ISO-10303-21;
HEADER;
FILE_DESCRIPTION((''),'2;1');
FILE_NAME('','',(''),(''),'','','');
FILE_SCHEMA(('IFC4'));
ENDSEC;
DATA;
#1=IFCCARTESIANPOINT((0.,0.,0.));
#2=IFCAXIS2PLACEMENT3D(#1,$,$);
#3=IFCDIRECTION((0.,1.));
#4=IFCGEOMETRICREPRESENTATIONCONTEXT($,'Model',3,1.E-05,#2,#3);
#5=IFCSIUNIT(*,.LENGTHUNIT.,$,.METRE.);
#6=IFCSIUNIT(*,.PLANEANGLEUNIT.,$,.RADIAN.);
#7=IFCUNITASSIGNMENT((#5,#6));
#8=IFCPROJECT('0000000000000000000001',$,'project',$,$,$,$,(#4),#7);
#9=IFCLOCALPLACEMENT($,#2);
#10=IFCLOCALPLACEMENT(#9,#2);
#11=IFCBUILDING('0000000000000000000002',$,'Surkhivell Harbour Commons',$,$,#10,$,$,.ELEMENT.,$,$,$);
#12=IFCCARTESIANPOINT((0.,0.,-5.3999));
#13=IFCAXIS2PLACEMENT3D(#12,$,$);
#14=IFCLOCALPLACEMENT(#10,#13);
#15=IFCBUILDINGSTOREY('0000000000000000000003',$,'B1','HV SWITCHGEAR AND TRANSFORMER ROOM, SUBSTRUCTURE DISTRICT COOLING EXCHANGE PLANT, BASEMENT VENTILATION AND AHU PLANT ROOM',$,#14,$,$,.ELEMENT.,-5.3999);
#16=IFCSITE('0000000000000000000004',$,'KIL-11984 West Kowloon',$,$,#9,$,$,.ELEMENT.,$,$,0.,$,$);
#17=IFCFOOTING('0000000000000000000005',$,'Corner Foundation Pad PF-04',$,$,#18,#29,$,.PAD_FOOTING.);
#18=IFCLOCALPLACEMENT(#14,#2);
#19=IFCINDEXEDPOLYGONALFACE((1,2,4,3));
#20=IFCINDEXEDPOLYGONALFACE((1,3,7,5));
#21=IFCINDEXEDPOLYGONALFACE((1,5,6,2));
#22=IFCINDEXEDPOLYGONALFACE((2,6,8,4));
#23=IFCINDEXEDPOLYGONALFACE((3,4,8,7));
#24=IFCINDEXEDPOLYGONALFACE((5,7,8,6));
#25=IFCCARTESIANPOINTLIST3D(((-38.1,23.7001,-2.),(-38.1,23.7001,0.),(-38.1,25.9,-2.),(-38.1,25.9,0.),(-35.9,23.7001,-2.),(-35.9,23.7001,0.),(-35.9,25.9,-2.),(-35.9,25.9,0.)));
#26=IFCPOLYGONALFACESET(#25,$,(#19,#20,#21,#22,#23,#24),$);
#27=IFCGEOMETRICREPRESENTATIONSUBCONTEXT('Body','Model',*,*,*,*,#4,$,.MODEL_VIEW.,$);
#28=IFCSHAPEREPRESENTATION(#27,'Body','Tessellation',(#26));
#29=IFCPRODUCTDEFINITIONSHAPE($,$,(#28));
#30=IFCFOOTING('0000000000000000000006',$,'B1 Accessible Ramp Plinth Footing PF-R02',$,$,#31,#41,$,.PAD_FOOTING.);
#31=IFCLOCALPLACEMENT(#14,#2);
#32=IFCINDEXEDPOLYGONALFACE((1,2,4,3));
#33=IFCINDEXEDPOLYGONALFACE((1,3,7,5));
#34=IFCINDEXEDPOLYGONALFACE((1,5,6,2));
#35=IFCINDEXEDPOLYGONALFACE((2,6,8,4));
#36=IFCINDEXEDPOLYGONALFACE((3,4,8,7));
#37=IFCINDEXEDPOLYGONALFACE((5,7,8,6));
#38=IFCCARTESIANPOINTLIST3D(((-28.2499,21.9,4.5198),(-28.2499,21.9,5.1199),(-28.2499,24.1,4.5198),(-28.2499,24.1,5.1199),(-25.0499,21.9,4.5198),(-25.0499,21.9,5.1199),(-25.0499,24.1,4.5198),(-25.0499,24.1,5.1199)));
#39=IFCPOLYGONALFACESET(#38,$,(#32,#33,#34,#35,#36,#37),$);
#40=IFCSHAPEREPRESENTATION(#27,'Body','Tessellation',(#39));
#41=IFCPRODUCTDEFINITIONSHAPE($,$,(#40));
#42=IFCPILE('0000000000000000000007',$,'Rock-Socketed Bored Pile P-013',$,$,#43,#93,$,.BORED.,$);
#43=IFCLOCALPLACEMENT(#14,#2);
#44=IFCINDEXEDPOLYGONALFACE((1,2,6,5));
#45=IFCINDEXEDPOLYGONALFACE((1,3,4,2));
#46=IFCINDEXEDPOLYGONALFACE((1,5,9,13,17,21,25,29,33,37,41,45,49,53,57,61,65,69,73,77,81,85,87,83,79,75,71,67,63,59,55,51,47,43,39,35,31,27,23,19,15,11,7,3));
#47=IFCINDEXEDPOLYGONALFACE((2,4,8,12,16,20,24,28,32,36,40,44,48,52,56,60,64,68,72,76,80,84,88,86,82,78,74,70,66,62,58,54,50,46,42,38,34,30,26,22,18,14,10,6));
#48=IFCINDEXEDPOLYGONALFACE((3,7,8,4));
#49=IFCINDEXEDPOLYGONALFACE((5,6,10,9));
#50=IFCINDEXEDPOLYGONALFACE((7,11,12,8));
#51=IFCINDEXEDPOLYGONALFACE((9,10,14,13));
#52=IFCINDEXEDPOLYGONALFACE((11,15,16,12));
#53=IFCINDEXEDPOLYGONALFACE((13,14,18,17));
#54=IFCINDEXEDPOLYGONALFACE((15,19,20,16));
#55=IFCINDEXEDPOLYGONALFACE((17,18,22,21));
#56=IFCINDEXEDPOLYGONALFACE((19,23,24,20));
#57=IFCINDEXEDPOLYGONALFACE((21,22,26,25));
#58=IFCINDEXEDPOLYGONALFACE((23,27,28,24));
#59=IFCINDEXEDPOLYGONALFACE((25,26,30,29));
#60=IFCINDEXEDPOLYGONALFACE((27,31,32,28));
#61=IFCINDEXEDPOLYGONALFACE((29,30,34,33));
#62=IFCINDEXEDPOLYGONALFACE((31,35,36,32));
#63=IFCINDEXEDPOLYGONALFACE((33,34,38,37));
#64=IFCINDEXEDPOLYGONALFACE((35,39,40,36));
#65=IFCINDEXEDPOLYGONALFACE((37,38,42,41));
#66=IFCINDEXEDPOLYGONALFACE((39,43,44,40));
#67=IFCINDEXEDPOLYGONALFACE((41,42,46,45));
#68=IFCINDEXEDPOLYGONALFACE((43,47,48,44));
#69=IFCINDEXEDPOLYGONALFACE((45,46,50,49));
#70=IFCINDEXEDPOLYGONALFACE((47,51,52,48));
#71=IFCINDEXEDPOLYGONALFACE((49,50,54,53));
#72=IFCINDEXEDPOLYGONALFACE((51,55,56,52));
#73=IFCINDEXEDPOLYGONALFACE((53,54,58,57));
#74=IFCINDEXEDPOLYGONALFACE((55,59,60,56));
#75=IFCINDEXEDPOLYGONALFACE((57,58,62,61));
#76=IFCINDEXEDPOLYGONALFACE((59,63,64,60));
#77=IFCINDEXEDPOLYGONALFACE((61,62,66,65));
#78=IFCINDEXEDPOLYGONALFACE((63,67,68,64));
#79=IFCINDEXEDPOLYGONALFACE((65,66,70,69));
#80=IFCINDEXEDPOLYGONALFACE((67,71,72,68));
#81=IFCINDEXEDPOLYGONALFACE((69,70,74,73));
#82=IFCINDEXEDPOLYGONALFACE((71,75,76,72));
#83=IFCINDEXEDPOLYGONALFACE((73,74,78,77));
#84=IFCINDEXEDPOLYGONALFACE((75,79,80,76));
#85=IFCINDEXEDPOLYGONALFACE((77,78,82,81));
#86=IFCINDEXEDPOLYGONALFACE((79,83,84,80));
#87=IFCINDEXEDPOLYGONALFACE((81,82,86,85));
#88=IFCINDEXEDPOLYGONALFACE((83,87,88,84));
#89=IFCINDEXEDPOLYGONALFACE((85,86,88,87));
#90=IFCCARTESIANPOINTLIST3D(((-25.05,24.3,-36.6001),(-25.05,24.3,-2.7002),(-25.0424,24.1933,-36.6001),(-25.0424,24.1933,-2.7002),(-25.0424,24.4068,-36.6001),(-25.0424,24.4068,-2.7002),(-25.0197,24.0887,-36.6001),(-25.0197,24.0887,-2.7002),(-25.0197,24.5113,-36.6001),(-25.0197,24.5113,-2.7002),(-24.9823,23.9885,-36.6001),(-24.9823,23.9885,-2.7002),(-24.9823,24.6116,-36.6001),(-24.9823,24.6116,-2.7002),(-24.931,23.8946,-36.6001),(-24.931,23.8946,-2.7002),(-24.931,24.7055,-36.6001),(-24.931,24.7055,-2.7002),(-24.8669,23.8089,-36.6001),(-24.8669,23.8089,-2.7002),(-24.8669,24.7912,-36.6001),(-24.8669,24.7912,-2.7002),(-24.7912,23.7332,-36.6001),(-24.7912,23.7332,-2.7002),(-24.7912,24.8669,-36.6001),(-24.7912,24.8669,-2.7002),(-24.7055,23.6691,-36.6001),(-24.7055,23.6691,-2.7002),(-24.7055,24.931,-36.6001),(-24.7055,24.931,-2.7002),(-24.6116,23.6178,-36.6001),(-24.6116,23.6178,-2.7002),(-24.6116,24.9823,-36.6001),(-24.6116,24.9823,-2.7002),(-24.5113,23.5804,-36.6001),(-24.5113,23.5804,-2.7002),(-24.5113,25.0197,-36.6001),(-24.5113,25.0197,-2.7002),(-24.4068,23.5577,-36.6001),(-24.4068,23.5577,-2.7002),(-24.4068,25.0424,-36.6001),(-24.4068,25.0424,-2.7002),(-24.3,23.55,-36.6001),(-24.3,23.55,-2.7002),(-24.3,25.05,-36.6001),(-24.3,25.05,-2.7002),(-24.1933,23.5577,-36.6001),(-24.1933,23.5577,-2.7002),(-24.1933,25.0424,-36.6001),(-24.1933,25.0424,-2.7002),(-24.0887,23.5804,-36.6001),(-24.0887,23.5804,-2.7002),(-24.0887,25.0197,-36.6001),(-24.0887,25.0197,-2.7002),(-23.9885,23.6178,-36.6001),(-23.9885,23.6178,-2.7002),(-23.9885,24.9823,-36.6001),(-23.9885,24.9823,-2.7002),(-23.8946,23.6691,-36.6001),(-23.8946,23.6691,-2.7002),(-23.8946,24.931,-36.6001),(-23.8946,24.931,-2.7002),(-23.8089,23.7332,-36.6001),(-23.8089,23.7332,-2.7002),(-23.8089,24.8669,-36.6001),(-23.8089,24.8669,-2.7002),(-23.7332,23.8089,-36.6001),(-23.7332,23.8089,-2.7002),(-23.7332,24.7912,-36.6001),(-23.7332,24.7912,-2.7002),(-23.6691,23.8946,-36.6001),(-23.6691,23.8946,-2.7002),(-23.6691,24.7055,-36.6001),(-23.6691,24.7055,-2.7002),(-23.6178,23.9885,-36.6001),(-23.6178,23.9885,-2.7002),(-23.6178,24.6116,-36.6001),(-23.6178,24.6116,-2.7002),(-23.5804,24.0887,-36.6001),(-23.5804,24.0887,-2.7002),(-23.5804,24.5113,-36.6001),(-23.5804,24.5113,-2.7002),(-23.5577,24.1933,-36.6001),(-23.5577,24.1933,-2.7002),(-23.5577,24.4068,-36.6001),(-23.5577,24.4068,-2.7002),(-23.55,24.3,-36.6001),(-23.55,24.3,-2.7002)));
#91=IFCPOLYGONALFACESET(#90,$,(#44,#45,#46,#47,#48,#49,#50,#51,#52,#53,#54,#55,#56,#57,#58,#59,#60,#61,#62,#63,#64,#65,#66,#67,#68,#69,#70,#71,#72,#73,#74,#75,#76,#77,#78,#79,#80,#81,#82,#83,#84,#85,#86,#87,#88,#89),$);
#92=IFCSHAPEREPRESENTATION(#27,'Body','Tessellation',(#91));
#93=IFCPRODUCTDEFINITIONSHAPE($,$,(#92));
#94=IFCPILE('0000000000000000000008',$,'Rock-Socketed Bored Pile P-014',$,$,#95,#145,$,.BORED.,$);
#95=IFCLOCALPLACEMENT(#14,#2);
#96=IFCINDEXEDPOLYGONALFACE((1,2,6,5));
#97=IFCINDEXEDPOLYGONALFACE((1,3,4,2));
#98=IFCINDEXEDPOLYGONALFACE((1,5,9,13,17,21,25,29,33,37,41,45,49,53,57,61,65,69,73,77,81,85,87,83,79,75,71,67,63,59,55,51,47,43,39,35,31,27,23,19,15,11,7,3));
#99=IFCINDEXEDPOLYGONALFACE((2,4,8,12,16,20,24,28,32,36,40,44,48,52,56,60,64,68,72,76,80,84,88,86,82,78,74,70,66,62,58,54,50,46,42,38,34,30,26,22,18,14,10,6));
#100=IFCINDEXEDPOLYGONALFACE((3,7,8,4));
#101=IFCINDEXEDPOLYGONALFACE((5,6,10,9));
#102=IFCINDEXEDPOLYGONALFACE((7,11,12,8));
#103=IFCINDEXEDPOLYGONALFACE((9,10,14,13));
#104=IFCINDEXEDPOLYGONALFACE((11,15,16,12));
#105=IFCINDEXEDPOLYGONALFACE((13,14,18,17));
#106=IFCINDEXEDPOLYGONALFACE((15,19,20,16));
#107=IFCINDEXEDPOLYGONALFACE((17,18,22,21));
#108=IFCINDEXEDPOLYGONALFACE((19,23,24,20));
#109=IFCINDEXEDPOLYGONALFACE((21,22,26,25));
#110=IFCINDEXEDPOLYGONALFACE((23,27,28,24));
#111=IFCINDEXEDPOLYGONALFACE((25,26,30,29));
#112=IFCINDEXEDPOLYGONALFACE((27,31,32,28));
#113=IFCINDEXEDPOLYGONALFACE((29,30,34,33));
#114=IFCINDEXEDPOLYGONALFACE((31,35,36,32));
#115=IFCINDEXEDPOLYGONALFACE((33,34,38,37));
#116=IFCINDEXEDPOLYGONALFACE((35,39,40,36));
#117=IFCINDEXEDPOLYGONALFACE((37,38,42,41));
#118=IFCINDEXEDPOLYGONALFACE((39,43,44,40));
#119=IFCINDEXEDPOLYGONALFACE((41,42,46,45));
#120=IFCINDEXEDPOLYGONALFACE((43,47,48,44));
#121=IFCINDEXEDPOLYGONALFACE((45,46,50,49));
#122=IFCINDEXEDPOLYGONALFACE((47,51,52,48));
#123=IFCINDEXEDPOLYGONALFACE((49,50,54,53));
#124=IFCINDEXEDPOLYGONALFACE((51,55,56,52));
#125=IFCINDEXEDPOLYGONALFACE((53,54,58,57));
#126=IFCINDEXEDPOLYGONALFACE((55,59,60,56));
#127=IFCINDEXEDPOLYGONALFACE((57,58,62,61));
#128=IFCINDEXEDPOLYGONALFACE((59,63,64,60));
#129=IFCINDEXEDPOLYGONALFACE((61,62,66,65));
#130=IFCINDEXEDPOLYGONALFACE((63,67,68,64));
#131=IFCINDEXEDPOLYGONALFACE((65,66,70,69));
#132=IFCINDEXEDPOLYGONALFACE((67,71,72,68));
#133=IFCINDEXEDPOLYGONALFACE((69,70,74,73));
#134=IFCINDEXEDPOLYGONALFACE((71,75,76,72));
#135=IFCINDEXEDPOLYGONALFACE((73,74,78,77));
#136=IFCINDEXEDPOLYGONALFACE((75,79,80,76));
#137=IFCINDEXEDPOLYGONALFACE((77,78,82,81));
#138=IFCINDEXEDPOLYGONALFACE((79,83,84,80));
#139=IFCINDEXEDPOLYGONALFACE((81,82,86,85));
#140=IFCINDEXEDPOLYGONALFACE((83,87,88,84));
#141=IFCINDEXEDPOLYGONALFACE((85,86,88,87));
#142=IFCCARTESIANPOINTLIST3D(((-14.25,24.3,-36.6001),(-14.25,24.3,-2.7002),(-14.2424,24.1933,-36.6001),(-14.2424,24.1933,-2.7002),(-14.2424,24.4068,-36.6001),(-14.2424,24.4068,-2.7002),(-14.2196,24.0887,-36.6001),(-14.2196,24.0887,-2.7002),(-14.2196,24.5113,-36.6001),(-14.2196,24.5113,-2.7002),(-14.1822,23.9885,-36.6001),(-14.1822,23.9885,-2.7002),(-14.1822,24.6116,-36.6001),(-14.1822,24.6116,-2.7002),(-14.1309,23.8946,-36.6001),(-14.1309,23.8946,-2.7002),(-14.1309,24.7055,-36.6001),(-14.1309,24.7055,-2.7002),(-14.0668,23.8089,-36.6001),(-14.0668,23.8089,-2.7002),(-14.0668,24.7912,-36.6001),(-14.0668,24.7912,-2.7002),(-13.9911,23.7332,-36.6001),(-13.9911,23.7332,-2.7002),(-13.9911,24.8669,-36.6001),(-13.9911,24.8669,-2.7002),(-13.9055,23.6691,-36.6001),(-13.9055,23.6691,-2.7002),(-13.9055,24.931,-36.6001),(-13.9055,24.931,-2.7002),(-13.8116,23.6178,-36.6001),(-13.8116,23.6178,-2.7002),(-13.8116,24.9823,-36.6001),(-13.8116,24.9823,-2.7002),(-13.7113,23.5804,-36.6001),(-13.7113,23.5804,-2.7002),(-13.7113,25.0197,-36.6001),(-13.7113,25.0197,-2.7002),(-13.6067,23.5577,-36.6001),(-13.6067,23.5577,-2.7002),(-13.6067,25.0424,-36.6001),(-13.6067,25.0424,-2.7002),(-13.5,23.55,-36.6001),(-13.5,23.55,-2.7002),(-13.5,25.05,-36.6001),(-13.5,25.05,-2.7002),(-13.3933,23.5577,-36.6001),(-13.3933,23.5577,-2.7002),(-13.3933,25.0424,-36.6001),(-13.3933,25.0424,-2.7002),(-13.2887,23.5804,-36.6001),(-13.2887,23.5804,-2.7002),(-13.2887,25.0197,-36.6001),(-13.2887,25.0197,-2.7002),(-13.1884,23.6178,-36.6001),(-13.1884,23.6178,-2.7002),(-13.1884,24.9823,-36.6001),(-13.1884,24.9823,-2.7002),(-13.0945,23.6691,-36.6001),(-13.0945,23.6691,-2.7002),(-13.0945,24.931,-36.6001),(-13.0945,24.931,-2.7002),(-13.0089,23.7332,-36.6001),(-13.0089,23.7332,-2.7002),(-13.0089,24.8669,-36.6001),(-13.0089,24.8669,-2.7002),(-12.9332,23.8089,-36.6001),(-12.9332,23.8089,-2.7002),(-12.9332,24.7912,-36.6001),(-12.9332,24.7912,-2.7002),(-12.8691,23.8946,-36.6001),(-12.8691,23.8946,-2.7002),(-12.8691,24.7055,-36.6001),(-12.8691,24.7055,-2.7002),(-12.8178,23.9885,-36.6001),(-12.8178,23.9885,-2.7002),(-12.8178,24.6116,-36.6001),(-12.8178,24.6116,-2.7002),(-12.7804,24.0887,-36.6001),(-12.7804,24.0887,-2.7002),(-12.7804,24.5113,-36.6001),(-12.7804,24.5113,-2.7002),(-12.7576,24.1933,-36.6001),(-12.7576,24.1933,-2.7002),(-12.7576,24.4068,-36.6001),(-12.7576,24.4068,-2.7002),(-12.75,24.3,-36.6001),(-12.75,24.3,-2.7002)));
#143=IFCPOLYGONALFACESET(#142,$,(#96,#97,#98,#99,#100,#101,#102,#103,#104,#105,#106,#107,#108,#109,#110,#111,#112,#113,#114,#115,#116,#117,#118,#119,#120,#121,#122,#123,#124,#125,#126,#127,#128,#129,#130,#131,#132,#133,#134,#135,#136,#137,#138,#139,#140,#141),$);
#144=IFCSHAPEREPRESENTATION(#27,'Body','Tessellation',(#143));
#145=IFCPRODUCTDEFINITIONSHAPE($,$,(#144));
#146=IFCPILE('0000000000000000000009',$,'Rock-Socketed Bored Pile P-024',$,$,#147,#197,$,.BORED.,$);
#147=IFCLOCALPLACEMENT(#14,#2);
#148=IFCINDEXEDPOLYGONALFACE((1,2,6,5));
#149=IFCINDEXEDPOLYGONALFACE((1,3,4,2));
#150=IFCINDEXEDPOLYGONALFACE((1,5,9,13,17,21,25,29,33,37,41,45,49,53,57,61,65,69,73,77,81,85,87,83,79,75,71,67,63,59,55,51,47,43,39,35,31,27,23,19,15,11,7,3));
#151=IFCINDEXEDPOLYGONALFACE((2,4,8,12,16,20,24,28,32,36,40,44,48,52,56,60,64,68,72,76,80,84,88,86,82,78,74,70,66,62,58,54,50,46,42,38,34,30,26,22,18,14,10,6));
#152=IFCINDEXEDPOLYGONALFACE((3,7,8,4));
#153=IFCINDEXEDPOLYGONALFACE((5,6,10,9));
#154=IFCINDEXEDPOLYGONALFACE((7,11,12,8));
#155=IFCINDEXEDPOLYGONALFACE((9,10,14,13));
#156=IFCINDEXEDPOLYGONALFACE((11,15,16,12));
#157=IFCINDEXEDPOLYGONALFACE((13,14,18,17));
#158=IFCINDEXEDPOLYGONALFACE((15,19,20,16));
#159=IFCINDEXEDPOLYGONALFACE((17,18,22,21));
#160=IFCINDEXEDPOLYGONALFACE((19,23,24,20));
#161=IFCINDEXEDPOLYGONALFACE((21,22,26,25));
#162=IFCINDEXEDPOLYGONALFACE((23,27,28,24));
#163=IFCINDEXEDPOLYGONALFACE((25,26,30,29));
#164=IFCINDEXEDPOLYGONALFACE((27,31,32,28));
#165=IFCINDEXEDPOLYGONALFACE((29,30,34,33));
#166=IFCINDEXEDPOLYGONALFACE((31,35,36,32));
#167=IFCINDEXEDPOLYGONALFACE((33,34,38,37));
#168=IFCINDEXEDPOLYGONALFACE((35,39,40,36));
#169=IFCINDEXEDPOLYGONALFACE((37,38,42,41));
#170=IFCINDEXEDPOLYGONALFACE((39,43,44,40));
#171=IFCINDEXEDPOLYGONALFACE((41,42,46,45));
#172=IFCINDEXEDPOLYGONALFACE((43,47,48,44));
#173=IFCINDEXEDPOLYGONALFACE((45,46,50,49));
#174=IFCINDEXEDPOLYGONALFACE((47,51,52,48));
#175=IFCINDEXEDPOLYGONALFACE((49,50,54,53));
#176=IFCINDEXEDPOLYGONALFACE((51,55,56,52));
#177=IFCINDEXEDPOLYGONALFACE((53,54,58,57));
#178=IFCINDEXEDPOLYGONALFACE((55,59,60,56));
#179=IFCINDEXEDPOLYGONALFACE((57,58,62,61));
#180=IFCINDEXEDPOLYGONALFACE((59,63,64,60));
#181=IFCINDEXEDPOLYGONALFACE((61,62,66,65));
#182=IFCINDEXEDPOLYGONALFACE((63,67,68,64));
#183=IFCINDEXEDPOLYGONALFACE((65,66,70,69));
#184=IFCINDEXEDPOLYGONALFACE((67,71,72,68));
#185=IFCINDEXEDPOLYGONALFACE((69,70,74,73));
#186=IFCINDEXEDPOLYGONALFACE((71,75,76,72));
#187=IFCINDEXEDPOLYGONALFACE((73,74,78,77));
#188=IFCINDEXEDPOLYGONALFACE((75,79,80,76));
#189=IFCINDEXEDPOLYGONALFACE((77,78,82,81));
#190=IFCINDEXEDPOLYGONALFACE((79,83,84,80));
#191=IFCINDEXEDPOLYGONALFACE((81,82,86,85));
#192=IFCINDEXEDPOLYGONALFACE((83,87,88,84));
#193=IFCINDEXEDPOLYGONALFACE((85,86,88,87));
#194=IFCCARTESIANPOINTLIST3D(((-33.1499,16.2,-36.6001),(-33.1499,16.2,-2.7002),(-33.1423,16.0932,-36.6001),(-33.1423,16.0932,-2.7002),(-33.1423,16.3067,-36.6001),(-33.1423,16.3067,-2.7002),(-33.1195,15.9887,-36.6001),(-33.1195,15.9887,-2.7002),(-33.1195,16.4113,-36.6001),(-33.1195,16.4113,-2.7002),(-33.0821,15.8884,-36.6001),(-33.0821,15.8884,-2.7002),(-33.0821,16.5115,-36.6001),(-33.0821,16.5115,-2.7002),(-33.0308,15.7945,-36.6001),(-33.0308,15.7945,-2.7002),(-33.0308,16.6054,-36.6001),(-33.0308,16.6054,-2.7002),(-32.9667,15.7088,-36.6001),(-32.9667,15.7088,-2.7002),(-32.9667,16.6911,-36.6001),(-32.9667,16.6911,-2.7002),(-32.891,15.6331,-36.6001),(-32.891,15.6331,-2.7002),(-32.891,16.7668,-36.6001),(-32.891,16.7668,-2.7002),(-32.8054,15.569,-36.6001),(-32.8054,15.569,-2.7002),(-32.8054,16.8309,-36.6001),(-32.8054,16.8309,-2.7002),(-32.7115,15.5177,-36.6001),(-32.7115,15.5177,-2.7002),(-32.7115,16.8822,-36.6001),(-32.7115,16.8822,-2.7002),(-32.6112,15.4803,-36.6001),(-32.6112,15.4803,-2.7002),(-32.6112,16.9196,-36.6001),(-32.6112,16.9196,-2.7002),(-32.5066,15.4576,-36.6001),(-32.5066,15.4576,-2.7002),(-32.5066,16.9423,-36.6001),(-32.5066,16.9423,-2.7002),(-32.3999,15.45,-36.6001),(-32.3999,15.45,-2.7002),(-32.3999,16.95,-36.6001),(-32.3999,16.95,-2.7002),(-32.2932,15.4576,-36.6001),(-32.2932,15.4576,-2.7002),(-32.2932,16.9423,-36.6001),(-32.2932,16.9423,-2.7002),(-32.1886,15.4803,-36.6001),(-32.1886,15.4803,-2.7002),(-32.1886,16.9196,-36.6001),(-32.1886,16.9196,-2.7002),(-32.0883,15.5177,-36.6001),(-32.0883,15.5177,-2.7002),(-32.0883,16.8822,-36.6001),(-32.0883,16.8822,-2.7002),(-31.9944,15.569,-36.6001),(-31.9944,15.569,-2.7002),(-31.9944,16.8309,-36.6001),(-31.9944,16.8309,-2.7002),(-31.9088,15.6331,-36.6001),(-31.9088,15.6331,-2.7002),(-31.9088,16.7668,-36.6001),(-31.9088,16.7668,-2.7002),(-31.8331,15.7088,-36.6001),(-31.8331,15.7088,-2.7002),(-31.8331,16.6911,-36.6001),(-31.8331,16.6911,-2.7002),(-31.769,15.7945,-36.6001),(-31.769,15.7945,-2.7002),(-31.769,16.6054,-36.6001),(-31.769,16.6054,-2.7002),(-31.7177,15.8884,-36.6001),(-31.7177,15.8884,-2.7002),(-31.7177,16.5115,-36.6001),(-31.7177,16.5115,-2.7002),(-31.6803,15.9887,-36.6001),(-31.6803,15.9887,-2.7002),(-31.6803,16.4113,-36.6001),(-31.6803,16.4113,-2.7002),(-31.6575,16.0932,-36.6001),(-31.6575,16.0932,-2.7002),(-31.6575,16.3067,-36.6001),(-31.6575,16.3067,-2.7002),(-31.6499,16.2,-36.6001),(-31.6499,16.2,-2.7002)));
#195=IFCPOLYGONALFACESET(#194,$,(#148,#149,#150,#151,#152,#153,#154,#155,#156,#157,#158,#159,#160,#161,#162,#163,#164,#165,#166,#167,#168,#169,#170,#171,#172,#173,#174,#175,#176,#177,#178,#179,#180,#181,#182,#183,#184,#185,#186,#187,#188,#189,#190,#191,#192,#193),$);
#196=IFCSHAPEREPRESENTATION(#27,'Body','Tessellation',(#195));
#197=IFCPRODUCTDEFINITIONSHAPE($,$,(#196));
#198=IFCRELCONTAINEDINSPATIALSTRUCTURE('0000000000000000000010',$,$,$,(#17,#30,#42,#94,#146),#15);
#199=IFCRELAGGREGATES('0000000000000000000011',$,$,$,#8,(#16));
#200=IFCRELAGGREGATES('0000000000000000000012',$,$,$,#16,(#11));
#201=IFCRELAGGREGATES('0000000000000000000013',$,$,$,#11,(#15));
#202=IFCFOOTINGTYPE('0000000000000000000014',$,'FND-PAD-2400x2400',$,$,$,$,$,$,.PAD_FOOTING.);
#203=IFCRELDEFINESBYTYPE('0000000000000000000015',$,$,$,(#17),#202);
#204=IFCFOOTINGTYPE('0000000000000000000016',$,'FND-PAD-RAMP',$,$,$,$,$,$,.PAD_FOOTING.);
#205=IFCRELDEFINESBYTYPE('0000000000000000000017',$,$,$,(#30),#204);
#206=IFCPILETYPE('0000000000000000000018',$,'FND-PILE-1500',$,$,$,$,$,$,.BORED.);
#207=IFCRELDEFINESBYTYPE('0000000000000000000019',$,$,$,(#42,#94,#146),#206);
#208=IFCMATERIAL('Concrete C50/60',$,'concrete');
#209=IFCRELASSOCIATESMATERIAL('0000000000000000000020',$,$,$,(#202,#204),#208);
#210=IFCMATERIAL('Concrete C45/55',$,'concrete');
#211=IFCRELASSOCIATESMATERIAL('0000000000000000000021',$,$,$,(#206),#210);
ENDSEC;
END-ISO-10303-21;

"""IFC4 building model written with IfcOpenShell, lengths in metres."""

from ifc_helpers import new_model, si_unit, direction, frame, origin, origin_2d, place, context, subcontext, project, spatial, rectangle, circle, extrude, material, material_profile, profile_set, type_object, element, save


model = new_model("IFC4")

# Units and contexts
model_context = context("Model", 3, precision=1e-05, world=origin(), true_north=direction((0.0, 1.0)))
body_context = subcontext(model_context, "Body", "Model", "MODEL_VIEW")
ifc_project = project(units=[si_unit("LENGTHUNIT", "METRE"), si_unit("PLANEANGLEUNIT", "RADIAN")], contexts=[model_context])

# Site, building, storey
site_placement = place(None, origin())
site = spatial("IfcSite", under=ifc_project, at=site_placement, Name="KIL-11984 West Kowloon", CompositionType="ELEMENT", RefElevation=0.0)
building_placement = place(site_placement, origin())
building = spatial("IfcBuilding", under=site, at=building_placement, Name="Surkhivell Harbour Commons", CompositionType="ELEMENT")
storey_placement = place(building_placement, frame((0.0, 0.0, -5.3999)))
storey = spatial("IfcBuildingStorey", under=building, at=storey_placement, Name="B1", Description="HV SWITCHGEAR AND TRANSFORMER ROOM, SUBSTRUCTURE DISTRICT COOLING EXCHANGE PLANT, BASEMENT VENTILATION AND AHU PLANT ROOM", CompositionType="ELEMENT", Elevation=-5.3999)

# Footings
ifc_material_1 = material(Name="Concrete C50/60", Category="concrete")
footing_type_1 = type_object("IfcFootingType", Name="FND-PAD-2400x2400", PredefinedType="PAD_FOOTING", material=ifc_material_1)
footing_1_placement = place(storey_placement, frame((-37.0, 24.8, -2.0), z_axis=(0.0, 0.0, 1.0), x_axis=(1.0, 0.0, 0.0)))
element("IfcFooting", 1, at=footing_1_placement, inside=storey, type_object=footing_type_1, Name="Corner Foundation Pad PF-04", PredefinedType="PAD_FOOTING", context=body_context, shape_type="SweptSolid", body=[
    extrude(rectangle(XDim=2.2, YDim=2.2, at=origin_2d()), origin(), (0.0, 0.0, 1.0), 2.0),
])
footing_type_2 = type_object("IfcFootingType", Name="FND-PAD-RAMP", PredefinedType="PAD_FOOTING", material=ifc_material_1)
footing_2_placement = place(storey_placement, frame((-26.6499, 23.0, 4.5198), z_axis=(0.0, 0.0, 1.0), x_axis=(1.0, 0.0, 0.0)))
element("IfcFooting", 2, at=footing_2_placement, inside=storey, type_object=footing_type_2, Name="B1 Accessible Ramp Plinth Footing PF-R02", PredefinedType="PAD_FOOTING", context=body_context, shape_type="SweptSolid", body=[
    extrude(rectangle(XDim=3.2, YDim=2.2, at=origin_2d()), origin(), (0.0, 0.0, 1.0), 0.6001),
])

# Piles
ifc_material_2 = material(Name="Concrete C45/55", Category="concrete")
ifc_material_profile_1 = material_profile(ifc_material_2, circle(Radius=0.75, at=origin_2d()), Name="PILE-1500")
ifc_profile_set_1 = profile_set([ifc_material_profile_1], Name="Concrete C45/55")
pile_type_1 = type_object("IfcPileType", Name="FND-PILE-1500", PredefinedType="BORED", material=ifc_profile_set_1)
for number, where, z_axis, x_axis, name in (
    (3, (-24.3, 24.3, -2.7002), (0.0, 0.0, -1.0), (1.0, 0.0, 0.0), "Rock-Socketed Bored Pile P-013"),
    (4, (-13.5, 24.3, -2.7002), (0.0, 0.0, -1.0), (1.0, 0.0, 0.0), "Rock-Socketed Bored Pile P-014"),
    (5, (-32.3999, 16.2, -2.7002), (0.0, 0.0, -1.0), (1.0, 0.0, 0.0), "Rock-Socketed Bored Pile P-024"),
):
    element("IfcPile", number, at=place(storey_placement, frame(where, z_axis=z_axis, x_axis=x_axis)), inside=storey, type_object=pile_type_1, Name=name, PredefinedType="BORED", context=body_context, shape_type="SweptSolid", body=[
        extrude(circle(Radius=0.75, at=origin_2d()), origin(), (0.0, 0.0, 1.0), 33.8999),
    ])

save(model, "model.ifc")
